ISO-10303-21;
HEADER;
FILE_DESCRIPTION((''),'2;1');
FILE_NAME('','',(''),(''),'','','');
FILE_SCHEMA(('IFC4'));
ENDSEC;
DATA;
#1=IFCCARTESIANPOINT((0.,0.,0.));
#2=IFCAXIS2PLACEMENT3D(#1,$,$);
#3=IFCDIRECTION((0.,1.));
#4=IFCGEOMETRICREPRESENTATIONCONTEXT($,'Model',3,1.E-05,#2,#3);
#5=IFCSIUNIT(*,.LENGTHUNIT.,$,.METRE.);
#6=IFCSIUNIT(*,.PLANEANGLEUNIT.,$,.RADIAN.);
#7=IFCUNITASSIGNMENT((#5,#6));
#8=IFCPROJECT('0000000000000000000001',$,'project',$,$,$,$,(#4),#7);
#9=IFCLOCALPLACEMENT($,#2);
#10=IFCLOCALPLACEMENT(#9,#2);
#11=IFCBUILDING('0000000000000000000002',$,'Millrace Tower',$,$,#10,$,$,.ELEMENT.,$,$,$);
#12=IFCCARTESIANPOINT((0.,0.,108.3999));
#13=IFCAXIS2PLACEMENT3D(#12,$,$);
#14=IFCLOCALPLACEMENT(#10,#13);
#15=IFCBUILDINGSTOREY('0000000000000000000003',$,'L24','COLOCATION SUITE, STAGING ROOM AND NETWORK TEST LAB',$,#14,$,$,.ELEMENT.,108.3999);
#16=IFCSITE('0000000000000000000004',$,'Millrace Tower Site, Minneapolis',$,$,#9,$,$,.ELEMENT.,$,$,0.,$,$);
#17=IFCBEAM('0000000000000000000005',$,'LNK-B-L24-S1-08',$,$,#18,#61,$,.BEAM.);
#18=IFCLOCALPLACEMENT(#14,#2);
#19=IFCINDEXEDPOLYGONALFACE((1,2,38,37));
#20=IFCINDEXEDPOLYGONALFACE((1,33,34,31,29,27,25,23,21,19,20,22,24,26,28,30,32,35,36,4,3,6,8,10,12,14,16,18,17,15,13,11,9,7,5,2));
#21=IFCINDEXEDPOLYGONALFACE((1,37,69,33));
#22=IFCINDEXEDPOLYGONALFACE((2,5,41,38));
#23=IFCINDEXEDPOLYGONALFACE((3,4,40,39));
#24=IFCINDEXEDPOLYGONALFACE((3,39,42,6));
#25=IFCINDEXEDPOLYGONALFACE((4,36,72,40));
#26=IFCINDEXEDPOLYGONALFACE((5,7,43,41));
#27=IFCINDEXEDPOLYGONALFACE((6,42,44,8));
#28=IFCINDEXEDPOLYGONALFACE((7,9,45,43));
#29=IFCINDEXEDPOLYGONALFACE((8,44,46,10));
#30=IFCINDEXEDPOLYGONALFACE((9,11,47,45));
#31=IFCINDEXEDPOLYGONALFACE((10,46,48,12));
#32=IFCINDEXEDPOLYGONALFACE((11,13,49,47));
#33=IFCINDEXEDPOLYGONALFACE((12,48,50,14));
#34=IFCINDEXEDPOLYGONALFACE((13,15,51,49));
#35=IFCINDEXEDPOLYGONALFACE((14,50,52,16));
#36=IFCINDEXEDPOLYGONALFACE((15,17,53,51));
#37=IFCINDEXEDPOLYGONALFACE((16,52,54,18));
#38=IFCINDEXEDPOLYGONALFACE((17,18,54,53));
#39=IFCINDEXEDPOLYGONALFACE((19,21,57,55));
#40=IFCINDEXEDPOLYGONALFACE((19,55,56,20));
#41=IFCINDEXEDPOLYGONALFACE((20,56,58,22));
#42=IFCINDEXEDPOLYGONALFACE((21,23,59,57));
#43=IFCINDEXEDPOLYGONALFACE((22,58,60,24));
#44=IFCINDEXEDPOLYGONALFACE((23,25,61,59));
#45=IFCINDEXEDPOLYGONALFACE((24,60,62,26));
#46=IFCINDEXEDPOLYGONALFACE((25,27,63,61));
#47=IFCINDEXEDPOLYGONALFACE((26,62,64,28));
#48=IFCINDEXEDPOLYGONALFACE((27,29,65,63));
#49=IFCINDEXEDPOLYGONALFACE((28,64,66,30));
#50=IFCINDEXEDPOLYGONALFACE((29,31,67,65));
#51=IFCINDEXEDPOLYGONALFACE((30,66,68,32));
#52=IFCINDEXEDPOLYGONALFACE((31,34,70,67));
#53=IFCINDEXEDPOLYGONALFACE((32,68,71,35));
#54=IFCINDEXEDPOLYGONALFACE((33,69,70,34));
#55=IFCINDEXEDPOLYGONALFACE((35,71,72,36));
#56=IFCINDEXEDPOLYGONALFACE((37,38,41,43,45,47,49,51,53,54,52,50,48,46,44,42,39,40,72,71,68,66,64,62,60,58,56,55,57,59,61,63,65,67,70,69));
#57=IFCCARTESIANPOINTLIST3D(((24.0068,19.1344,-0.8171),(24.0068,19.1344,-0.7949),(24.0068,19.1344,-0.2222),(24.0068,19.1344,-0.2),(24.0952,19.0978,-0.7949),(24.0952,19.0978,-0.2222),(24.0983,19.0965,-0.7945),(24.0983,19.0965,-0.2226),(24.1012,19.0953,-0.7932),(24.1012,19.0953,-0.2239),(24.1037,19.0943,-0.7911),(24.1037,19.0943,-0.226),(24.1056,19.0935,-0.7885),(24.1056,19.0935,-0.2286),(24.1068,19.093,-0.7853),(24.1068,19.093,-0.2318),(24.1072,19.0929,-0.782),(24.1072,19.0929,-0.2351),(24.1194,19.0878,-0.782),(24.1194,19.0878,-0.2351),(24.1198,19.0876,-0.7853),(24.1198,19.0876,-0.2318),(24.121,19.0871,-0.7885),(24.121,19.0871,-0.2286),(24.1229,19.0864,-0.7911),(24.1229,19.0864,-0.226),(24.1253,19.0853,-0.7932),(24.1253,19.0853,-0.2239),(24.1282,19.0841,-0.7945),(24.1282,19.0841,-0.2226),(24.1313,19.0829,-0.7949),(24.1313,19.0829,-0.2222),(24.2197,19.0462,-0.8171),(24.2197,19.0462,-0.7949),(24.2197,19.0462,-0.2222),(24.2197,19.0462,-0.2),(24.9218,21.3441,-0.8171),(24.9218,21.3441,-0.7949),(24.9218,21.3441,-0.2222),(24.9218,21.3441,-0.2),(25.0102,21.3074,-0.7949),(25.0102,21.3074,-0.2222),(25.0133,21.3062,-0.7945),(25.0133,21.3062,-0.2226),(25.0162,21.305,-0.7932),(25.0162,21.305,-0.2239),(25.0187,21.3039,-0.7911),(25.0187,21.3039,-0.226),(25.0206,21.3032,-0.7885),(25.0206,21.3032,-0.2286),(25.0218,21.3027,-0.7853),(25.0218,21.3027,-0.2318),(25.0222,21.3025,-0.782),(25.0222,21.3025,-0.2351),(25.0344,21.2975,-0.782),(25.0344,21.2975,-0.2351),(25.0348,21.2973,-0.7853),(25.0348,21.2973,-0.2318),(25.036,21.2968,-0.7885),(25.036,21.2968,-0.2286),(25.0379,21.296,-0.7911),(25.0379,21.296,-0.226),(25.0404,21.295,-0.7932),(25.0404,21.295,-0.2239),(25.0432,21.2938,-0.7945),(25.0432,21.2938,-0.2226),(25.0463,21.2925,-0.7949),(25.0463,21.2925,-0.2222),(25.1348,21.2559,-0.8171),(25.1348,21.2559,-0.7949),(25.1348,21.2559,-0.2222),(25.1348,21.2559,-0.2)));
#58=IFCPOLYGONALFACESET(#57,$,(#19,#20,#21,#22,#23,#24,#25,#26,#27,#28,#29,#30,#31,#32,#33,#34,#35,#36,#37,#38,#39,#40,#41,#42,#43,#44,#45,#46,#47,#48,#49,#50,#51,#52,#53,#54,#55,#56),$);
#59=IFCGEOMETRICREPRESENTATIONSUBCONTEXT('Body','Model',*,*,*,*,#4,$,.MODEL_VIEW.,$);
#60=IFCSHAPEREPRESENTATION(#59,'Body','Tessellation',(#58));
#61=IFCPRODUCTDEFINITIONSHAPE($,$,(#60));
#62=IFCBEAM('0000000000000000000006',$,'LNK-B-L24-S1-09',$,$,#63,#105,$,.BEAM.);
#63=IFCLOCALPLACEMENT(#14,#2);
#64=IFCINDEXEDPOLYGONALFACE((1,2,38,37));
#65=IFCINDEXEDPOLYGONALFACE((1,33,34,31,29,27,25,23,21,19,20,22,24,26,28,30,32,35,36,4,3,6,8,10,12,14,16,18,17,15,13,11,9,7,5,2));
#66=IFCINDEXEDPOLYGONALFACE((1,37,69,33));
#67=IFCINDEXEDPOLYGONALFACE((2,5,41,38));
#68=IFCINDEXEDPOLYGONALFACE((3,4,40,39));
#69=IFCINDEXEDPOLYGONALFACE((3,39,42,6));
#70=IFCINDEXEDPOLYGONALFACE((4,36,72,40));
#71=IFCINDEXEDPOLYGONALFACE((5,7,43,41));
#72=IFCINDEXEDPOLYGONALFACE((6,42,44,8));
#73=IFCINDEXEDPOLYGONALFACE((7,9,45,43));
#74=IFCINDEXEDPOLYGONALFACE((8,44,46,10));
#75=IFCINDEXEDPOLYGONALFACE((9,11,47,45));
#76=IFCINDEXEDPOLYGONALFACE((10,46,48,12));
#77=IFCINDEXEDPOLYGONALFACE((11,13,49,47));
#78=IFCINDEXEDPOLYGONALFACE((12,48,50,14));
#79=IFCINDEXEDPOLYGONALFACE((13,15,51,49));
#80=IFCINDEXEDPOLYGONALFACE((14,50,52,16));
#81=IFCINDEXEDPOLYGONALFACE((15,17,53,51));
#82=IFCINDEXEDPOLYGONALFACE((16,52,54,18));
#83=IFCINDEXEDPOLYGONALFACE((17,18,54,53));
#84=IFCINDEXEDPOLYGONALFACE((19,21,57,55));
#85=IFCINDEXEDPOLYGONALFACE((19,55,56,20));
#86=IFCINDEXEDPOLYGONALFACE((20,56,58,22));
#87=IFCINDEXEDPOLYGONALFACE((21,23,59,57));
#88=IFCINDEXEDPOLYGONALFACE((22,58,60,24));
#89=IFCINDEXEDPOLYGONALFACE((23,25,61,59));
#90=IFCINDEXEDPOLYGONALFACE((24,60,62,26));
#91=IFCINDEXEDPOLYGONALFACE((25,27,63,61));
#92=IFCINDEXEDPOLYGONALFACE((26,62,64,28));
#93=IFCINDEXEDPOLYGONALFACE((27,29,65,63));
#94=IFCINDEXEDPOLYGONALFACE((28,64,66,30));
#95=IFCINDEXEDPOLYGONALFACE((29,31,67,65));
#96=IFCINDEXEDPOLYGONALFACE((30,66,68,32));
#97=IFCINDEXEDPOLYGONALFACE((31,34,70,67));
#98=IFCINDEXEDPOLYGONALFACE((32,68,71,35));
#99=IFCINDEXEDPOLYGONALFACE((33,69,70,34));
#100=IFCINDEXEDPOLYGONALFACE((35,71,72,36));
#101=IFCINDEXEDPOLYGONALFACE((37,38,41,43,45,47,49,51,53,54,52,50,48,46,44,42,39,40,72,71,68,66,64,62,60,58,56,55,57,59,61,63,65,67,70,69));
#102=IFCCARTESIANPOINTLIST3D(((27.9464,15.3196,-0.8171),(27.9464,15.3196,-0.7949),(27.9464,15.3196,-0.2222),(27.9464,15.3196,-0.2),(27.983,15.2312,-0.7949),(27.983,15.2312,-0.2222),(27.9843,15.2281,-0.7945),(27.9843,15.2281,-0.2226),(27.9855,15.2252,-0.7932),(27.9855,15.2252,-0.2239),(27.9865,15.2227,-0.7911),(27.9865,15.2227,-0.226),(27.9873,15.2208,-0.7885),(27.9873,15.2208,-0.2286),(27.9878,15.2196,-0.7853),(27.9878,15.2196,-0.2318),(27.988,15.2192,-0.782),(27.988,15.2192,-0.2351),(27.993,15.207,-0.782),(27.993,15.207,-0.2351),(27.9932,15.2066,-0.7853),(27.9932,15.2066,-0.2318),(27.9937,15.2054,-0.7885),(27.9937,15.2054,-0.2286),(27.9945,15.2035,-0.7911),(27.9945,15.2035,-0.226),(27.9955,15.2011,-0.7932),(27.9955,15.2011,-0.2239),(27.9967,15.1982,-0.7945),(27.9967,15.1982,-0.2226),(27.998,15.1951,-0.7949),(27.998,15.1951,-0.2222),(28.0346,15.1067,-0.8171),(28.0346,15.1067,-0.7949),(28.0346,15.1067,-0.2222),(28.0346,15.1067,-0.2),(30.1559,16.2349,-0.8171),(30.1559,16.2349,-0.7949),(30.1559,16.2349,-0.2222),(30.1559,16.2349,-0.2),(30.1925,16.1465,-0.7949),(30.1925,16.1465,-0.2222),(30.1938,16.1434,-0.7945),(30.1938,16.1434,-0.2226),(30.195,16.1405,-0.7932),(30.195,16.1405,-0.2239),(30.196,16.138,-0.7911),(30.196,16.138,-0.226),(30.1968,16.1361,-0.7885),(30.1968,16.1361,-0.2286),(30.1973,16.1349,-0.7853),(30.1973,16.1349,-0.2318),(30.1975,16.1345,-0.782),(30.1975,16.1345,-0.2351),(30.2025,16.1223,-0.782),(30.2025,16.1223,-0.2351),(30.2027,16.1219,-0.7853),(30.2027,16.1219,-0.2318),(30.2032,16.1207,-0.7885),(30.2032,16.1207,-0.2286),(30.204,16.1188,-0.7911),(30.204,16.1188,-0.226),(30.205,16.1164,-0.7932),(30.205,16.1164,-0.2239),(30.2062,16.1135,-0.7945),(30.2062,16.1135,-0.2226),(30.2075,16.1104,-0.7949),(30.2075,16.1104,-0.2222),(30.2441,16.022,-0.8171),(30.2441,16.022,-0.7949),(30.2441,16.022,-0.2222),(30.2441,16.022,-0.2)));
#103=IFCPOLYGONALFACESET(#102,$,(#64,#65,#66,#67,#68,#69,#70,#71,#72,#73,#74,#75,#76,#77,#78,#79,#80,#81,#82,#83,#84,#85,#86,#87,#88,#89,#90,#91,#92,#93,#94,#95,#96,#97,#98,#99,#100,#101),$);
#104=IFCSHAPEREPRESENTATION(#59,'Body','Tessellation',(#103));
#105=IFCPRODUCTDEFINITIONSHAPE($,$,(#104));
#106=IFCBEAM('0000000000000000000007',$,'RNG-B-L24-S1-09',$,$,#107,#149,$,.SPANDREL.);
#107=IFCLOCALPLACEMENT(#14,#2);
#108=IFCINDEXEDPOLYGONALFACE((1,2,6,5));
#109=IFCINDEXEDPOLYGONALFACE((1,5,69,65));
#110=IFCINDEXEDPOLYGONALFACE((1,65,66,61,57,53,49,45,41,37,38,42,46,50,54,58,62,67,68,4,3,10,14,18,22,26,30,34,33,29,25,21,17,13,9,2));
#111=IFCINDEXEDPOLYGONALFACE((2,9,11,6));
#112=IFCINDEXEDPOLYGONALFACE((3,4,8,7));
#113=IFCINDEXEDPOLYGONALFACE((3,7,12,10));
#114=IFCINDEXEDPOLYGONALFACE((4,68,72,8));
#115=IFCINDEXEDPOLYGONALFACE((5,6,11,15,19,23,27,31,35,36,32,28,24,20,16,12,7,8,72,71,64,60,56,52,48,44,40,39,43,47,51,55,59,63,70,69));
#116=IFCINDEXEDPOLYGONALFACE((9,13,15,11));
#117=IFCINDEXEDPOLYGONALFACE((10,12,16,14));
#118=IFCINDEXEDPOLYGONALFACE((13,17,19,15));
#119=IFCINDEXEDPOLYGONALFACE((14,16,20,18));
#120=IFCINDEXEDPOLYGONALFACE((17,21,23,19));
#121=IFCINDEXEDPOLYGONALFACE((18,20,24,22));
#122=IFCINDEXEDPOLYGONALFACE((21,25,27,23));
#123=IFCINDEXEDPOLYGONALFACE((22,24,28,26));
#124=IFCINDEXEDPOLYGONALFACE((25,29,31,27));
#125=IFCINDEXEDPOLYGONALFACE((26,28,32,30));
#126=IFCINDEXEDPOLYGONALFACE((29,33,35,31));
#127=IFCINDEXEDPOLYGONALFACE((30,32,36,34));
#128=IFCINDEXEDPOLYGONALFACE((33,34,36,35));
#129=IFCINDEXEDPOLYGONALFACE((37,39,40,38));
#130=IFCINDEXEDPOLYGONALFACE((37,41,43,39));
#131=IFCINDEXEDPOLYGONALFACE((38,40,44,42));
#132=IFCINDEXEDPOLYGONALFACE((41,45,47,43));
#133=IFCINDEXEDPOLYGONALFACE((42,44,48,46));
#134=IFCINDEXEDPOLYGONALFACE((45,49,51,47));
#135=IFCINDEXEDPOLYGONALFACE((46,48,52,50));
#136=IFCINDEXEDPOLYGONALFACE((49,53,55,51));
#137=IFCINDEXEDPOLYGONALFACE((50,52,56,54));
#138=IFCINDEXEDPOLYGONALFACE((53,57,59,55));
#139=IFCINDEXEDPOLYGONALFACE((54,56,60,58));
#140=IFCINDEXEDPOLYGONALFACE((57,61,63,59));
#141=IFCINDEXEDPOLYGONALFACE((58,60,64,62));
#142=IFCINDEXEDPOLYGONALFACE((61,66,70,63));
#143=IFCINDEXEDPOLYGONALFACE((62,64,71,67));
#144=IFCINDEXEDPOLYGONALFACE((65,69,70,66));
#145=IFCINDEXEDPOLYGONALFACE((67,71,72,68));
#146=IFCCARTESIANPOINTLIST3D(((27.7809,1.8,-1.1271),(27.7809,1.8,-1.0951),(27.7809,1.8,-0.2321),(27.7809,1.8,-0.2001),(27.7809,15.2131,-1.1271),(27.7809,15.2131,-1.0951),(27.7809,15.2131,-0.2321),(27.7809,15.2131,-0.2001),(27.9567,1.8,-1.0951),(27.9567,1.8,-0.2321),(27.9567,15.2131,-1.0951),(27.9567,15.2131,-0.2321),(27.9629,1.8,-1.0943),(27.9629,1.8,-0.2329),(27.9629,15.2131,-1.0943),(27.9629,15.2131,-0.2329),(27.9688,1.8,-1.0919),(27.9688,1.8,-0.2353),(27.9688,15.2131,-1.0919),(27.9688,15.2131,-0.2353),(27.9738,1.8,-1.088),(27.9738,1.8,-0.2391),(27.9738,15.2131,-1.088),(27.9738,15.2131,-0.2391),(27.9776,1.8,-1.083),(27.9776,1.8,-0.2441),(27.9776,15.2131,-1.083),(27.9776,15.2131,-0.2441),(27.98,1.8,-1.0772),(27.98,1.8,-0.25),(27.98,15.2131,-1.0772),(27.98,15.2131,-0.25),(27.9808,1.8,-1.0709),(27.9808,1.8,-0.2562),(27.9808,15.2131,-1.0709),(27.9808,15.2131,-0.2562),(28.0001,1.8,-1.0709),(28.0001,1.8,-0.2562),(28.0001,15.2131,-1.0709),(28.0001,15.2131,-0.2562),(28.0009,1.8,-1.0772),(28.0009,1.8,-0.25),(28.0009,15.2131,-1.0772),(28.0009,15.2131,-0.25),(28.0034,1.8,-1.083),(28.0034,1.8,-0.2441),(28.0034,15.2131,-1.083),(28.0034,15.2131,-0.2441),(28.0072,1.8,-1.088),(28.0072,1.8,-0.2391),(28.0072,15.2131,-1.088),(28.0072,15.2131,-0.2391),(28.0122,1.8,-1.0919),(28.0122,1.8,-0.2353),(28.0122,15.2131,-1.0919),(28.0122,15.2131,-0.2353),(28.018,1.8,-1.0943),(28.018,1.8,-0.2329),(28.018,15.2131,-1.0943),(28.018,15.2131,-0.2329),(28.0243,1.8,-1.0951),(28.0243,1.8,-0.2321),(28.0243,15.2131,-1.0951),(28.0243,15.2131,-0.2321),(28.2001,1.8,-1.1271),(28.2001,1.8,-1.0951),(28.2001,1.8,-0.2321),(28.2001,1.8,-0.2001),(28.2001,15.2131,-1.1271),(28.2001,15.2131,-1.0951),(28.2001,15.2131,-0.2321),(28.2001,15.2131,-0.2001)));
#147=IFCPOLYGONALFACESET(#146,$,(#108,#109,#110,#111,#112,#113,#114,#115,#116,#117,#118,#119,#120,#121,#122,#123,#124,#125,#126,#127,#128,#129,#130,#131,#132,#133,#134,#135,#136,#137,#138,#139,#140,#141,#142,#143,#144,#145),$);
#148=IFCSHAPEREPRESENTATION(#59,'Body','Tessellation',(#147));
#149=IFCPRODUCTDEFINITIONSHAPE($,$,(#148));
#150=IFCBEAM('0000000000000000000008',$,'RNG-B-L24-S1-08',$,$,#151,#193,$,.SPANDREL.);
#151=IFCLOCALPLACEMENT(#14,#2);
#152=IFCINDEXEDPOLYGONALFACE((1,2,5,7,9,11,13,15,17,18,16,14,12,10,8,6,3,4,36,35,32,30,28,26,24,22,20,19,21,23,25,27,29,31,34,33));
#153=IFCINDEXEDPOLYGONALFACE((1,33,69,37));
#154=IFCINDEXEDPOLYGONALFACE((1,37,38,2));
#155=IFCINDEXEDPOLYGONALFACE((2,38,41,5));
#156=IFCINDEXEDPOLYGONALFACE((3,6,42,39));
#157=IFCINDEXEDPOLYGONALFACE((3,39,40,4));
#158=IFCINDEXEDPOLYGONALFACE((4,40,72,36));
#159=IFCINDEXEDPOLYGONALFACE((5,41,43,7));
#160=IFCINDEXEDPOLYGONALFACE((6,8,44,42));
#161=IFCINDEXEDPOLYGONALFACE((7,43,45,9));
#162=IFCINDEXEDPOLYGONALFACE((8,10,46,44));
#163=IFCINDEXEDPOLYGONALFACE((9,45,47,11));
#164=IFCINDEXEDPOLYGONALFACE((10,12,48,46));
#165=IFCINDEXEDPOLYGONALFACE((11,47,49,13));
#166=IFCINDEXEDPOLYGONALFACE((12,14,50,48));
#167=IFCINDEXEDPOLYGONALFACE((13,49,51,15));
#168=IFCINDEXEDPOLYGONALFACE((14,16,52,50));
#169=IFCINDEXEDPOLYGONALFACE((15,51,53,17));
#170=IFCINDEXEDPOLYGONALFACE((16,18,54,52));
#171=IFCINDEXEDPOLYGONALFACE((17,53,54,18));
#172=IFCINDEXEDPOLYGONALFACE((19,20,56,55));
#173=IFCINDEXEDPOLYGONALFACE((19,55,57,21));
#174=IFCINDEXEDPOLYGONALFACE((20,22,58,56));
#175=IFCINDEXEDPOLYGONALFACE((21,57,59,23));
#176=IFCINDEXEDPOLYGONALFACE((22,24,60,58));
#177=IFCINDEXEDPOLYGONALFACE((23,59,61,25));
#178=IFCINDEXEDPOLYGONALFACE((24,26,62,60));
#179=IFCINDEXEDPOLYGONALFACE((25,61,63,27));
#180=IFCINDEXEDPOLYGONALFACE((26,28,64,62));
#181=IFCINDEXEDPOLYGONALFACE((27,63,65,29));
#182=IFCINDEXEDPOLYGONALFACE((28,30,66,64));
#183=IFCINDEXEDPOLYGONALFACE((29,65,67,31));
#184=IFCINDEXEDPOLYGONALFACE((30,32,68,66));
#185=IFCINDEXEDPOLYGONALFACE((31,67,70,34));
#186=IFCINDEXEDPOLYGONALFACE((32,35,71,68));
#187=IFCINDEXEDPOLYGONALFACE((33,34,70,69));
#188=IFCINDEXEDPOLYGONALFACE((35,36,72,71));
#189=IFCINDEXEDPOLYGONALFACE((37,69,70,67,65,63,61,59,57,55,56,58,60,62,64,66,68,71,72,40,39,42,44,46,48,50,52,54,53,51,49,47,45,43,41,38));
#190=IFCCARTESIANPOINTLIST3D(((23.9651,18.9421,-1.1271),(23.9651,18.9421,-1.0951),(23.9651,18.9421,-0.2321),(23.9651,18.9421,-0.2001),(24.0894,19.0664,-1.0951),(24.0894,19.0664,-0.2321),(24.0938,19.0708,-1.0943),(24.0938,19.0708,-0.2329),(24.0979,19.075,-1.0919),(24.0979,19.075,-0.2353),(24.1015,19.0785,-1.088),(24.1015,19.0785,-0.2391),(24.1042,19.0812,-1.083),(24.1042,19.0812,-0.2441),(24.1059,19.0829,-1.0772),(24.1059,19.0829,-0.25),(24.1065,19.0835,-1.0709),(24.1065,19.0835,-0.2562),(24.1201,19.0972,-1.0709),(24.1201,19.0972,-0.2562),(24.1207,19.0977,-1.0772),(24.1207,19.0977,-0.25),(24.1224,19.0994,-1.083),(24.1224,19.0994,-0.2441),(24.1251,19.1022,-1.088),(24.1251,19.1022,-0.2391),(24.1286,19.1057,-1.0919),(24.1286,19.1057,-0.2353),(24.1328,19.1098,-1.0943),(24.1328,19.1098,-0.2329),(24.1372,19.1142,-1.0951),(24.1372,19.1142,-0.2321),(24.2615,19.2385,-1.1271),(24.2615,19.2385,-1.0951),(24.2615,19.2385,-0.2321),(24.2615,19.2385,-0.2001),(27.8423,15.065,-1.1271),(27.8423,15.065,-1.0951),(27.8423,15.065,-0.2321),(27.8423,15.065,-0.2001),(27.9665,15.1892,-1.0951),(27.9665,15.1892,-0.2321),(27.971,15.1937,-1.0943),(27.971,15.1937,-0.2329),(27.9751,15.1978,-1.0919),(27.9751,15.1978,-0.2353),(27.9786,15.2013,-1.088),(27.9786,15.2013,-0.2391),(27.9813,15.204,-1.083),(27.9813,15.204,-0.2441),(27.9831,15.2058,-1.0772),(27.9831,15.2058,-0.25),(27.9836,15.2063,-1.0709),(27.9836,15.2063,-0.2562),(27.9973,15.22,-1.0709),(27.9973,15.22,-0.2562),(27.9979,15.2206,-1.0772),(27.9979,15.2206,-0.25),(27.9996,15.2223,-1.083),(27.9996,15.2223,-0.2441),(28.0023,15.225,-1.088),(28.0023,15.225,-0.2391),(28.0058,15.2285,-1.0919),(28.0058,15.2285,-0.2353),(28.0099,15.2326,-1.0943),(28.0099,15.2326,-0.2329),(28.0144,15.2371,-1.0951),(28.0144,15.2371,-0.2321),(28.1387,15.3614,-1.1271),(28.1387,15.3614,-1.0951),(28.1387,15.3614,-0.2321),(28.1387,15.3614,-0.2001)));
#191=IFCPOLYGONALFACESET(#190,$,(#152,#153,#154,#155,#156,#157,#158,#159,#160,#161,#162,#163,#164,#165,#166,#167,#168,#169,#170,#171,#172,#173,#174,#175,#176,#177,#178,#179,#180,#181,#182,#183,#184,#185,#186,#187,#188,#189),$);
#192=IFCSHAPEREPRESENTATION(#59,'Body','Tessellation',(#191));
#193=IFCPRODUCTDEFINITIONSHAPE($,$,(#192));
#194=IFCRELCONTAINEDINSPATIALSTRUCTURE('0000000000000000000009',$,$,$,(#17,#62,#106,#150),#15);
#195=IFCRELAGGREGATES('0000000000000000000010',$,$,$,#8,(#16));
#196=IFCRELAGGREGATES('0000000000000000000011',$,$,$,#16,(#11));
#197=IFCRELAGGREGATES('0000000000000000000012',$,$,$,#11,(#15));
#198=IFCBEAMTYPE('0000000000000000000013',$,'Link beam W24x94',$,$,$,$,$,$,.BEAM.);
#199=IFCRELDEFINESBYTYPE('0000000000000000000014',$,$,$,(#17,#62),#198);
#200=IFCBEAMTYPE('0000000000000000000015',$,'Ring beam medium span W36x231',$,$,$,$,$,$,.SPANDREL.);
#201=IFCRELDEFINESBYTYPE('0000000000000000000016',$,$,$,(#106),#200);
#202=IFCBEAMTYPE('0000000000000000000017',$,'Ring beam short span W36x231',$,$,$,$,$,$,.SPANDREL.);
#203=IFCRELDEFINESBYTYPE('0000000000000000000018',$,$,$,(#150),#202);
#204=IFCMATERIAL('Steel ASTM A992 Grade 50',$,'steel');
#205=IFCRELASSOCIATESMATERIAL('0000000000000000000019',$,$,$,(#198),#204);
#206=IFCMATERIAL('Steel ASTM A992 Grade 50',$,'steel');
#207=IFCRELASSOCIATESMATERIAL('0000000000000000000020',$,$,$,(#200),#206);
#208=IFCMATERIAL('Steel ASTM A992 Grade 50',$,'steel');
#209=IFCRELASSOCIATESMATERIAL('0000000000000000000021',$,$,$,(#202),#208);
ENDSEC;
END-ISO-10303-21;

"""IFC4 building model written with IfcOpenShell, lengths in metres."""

from ifc_helpers import new_model, si_unit, direction, frame, origin, origin_2d, place, context, subcontext, project, spatial, i_section, extrude, material, material_profile, profile_set, type_object, element, save


model = new_model("IFC4")

# Units and contexts
model_context = context("Model", 3, precision=1e-05, world=origin(), true_north=direction((0.0, 1.0)))
body_context = subcontext(model_context, "Body", "Model", "MODEL_VIEW")
ifc_project = project(units=[si_unit("LENGTHUNIT", "METRE"), si_unit("PLANEANGLEUNIT", "RADIAN")], contexts=[model_context])

# Site, building, storey
site_placement = place(None, origin())
site = spatial("IfcSite", under=ifc_project, at=site_placement, Name="Millrace Tower Site, Minneapolis", CompositionType="ELEMENT", RefElevation=0.0)
building_placement = place(site_placement, origin())
building = spatial("IfcBuilding", under=site, at=building_placement, Name="Millrace Tower", CompositionType="ELEMENT")
storey_placement = place(building_placement, frame((0.0, 0.0, 108.3999)))
storey = spatial("IfcBuildingStorey", under=building, at=storey_placement, Name="L24", Description="COLOCATION SUITE, STAGING ROOM AND NETWORK TEST LAB", CompositionType="ELEMENT", Elevation=108.3999)

# Beams
ifc_material_1 = material(Name="Steel ASTM A992 Grade 50", Category="steel")
ifc_material_profile_1 = material_profile(ifc_material_1, i_section(OverallWidth=0.2305, OverallDepth=0.6172, WebThickness=0.0132, FlangeThickness=0.0222, FilletRadius=0.0129, at=origin_2d()))
ifc_profile_set_1 = profile_set([ifc_material_profile_1], Name="Steel ASTM A992 Grade 50")
beam_type_1 = type_object("IfcBeamType", Name="Link beam W24x94", PredefinedType="BEAM", material=ifc_profile_set_1)
for number, where, z_axis, x_axis, name in (
    (1, (24.1133, 19.0903, -0.5085), (0.382592, 0.923917, 0.0), (-0.923917, 0.382592, 0.0), "LNK-B-L24-S1-08"),
    (2, (27.9905, 15.2131, -0.5085), (0.923866, 0.382715, 0.0), (-0.382715, 0.923866, 0.0), "LNK-B-L24-S1-09"),
):
    element("IfcBeam", number, at=place(storey_placement, frame(where, z_axis=z_axis, x_axis=x_axis)), inside=storey, type_object=beam_type_1, Name=name, PredefinedType="BEAM", context=body_context, shape_type="SweptSolid", body=[
        extrude(i_section(OverallWidth=0.2305, OverallDepth=0.6172, WebThickness=0.0132, FlangeThickness=0.0222, FilletRadius=0.0129, at=origin_2d()), origin(), (0.0, 0.0, 1.0), 2.3916),
    ])
ifc_material_2 = material(Name="Steel ASTM A992 Grade 50", Category="steel")
ifc_material_profile_2 = material_profile(ifc_material_2, i_section(OverallWidth=0.4192, OverallDepth=0.927, WebThickness=0.0193, FlangeThickness=0.032, FilletRadius=0.0242, at=origin_2d()))
ifc_profile_set_2 = profile_set([ifc_material_profile_2], Name="Steel ASTM A992 Grade 50")
beam_type_2 = type_object("IfcBeamType", Name="Ring beam medium span W36x231", PredefinedType="SPANDREL", material=ifc_profile_set_2)
beam_1_placement = place(storey_placement, frame((27.9905, 15.2131, -0.6636), z_axis=(0.0, -1.0, 0.0), x_axis=(1.0, 0.0, 0.0)))
element("IfcBeam", 3, at=beam_1_placement, inside=storey, type_object=beam_type_2, Name="RNG-B-L24-S1-09", PredefinedType="SPANDREL", context=body_context, shape_type="SweptSolid", body=[
    extrude(i_section(OverallWidth=0.4192, OverallDepth=0.927, WebThickness=0.0193, FlangeThickness=0.032, FilletRadius=0.0242, at=origin_2d()), origin(), (0.0, 0.0, 1.0), 13.4131),
])
ifc_material_3 = material(Name="Steel ASTM A992 Grade 50", Category="steel")
ifc_material_profile_3 = material_profile(ifc_material_3, i_section(OverallWidth=0.4192, OverallDepth=0.927, WebThickness=0.0193, FlangeThickness=0.032, FilletRadius=0.0242, at=origin_2d()))
ifc_profile_set_3 = profile_set([ifc_material_profile_3], Name="Steel ASTM A992 Grade 50")
beam_type_3 = type_object("IfcBeamType", Name="Ring beam short span W36x231", PredefinedType="SPANDREL", material=ifc_profile_set_3)
beam_2_placement = place(storey_placement, frame((24.1133, 19.0903, -0.6636), z_axis=(0.707107, -0.707107, 0.0), x_axis=(0.707107, 0.707107, 0.0)))
element("IfcBeam", 4, at=beam_2_placement, inside=storey, type_object=beam_type_3, Name="RNG-B-L24-S1-08", PredefinedType="SPANDREL", context=body_context, shape_type="SweptSolid", body=[
    extrude(i_section(OverallWidth=0.4192, OverallDepth=0.927, WebThickness=0.0193, FlangeThickness=0.032, FilletRadius=0.0242, at=origin_2d()), origin(), (0.0, 0.0, 1.0), 5.4832),
])

save(model, "model.ifc")
